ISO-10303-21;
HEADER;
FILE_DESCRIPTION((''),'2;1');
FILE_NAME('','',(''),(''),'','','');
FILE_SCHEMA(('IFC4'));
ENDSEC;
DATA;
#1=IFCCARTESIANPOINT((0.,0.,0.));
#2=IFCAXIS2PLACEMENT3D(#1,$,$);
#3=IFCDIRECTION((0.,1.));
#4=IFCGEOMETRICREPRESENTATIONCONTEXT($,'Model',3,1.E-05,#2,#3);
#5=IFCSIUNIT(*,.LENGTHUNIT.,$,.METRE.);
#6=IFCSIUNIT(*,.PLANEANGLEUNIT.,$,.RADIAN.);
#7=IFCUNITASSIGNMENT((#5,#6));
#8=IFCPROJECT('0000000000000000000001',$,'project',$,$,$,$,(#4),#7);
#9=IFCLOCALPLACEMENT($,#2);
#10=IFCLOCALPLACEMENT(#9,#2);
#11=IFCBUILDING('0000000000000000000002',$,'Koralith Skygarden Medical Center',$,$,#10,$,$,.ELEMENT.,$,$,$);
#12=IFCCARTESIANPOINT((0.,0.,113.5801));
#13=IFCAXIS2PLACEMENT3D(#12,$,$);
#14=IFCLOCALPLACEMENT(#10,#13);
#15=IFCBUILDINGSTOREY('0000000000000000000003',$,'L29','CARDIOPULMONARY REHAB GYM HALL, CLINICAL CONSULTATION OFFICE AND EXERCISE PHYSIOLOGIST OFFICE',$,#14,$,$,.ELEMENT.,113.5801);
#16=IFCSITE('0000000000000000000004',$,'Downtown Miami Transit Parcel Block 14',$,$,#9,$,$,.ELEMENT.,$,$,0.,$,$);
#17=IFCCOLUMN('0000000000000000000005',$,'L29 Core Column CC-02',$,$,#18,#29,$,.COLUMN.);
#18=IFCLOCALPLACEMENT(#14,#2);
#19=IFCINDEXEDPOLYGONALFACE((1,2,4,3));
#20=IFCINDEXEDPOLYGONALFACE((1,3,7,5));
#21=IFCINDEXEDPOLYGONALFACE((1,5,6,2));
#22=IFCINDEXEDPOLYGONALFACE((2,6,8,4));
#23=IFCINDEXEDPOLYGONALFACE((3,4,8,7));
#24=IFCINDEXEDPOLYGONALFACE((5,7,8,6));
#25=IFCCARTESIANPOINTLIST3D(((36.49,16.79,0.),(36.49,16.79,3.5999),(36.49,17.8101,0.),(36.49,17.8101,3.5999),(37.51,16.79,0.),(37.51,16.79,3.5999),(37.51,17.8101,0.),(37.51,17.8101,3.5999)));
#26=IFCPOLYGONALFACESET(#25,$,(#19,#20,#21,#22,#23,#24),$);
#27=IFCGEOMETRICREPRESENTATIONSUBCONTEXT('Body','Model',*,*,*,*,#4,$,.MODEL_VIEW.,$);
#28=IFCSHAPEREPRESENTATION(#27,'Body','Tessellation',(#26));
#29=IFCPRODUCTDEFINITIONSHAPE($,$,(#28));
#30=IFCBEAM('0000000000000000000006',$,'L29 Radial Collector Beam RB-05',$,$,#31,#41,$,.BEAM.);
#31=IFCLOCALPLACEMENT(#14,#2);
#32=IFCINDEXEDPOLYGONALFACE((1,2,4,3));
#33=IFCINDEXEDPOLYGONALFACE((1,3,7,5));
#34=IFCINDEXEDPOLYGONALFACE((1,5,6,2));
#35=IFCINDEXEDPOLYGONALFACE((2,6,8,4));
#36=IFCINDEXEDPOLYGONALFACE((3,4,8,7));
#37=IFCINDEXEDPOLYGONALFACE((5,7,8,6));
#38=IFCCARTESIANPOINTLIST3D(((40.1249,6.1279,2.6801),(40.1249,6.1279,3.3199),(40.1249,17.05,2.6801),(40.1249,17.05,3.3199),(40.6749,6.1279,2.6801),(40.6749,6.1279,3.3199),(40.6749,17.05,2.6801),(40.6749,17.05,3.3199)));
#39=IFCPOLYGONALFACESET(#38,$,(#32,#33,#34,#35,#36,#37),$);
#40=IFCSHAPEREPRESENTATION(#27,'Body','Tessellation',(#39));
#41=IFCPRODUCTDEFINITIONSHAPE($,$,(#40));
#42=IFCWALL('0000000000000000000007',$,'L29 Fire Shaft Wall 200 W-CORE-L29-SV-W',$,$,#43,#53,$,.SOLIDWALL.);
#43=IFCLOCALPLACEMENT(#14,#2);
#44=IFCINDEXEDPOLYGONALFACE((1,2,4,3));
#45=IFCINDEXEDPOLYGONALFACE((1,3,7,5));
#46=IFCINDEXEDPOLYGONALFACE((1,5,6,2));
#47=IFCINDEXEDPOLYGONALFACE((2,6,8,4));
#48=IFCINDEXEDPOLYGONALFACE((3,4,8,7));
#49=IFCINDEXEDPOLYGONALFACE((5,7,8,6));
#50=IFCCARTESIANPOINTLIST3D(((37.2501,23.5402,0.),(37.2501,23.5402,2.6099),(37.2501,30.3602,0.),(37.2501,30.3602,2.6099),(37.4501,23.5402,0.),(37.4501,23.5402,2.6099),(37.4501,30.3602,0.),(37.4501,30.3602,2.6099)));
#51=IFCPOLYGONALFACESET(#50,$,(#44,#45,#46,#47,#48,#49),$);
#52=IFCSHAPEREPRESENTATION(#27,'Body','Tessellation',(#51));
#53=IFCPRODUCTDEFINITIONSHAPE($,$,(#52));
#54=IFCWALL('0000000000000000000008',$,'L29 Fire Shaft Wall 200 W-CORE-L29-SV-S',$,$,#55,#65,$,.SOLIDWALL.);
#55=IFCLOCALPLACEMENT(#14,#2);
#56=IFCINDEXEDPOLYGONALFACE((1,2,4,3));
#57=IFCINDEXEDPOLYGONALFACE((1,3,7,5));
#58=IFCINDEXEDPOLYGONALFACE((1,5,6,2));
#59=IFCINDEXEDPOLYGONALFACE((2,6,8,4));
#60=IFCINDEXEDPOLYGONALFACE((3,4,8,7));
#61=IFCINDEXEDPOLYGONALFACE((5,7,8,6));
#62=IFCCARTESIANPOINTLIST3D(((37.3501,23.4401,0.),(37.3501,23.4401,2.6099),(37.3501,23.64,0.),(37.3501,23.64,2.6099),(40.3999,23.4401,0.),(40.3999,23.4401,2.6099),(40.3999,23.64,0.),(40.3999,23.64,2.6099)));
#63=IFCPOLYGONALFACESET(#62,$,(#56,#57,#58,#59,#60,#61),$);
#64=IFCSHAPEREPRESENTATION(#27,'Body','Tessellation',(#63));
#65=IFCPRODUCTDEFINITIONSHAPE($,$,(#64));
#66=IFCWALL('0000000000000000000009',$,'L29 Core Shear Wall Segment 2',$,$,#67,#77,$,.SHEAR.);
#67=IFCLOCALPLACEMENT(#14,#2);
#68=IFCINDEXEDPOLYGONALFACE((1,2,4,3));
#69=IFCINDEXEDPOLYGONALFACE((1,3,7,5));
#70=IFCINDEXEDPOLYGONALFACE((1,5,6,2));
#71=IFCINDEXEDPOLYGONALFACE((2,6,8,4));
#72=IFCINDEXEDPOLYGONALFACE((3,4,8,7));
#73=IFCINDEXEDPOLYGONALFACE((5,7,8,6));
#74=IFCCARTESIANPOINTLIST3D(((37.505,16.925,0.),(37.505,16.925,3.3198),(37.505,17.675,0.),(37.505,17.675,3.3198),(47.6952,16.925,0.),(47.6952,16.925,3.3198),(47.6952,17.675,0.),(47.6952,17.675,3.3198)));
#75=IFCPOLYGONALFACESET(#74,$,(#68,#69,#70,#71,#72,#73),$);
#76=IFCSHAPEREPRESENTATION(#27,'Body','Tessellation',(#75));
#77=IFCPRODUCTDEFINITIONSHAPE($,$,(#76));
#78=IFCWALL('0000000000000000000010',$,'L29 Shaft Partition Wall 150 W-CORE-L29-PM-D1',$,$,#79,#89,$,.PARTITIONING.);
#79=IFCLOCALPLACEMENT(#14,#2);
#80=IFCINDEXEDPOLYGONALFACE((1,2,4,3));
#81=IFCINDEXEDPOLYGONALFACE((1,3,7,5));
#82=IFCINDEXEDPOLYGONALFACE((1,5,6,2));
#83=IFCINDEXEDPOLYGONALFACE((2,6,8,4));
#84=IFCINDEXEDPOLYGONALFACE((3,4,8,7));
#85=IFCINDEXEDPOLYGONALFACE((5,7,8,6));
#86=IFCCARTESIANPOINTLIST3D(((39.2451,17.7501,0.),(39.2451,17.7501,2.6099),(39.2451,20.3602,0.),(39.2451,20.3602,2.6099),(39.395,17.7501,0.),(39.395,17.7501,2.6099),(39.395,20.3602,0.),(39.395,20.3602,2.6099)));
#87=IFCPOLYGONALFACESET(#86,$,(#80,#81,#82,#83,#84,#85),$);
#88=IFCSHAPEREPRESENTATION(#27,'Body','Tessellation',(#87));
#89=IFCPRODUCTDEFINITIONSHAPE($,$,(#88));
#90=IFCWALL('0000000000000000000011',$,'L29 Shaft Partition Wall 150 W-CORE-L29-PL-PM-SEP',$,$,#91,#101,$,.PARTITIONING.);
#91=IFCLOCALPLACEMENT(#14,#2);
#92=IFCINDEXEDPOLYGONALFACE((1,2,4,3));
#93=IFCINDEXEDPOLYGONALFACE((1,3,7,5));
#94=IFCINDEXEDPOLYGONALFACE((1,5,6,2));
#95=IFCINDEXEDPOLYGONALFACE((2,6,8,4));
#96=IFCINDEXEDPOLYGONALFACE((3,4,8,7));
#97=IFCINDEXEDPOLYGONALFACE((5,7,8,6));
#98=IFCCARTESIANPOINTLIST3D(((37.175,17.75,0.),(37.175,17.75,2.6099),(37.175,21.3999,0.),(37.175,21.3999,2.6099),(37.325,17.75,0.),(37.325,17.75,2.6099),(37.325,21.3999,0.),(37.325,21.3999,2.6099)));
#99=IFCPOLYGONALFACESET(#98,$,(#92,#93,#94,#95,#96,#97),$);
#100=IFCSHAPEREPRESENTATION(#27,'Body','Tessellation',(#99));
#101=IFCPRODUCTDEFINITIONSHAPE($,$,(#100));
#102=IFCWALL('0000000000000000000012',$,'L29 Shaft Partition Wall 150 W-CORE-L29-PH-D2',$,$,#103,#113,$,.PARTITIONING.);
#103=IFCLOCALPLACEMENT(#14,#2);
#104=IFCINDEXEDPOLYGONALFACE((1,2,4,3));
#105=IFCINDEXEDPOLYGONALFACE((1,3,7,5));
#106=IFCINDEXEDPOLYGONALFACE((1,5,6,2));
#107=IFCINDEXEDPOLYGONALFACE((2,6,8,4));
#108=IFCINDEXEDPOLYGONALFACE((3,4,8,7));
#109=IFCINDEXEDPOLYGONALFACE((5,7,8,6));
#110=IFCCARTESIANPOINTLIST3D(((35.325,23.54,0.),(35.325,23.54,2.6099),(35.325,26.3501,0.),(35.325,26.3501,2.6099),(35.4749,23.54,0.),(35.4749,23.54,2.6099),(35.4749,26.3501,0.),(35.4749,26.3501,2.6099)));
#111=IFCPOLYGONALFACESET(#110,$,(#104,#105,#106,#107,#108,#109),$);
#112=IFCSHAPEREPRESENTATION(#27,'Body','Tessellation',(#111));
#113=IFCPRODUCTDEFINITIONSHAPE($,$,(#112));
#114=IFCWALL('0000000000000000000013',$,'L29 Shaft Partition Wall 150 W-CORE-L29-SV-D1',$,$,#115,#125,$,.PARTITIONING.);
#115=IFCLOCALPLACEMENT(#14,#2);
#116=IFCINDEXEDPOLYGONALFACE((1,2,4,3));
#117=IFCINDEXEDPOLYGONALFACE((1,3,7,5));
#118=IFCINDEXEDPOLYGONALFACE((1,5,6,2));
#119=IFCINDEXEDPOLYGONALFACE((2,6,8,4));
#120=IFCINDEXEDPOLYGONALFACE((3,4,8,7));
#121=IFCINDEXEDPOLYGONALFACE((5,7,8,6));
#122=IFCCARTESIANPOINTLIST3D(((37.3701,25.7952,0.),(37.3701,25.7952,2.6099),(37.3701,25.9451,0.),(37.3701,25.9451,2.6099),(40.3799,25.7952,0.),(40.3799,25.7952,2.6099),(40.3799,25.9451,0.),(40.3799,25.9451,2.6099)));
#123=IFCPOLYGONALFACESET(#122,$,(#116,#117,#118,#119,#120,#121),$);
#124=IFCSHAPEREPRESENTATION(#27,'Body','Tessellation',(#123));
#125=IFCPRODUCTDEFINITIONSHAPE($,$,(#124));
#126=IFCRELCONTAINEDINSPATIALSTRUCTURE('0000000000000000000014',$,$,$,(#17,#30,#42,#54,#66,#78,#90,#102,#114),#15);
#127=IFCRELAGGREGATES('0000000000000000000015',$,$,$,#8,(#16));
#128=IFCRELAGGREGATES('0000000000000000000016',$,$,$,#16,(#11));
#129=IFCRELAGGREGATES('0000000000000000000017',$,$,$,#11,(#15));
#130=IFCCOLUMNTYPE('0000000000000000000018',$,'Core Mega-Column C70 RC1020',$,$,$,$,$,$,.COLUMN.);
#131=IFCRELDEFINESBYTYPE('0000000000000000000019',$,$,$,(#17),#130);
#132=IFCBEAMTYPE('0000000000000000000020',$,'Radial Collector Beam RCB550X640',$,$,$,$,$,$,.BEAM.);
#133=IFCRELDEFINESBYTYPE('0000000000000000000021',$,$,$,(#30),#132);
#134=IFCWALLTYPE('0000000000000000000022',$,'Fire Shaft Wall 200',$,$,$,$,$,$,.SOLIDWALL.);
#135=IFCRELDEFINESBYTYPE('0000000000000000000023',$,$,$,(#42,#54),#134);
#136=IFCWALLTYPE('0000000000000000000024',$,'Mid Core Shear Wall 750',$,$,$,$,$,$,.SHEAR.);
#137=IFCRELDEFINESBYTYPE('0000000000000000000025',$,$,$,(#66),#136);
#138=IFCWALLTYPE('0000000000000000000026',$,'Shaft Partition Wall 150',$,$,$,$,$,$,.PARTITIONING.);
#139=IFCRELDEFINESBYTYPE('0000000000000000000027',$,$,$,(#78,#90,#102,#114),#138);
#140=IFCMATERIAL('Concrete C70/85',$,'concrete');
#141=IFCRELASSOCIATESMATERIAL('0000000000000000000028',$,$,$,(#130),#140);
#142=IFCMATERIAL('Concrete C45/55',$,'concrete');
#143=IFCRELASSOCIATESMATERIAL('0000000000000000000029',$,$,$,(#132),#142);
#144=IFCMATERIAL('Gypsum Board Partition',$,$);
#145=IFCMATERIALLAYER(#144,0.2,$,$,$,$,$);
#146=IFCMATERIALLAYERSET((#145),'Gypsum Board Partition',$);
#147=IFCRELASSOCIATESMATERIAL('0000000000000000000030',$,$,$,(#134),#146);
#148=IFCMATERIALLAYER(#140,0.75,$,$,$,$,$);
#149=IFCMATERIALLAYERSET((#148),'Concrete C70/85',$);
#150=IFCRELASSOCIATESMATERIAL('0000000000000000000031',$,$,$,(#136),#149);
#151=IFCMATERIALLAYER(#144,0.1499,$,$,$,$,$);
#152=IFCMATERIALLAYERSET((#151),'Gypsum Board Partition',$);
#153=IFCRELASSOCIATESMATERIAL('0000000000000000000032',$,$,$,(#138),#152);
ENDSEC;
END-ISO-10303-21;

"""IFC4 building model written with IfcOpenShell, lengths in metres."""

from ifc_helpers import new_model, si_unit, direction, frame, frame_2d, origin, origin_2d, place, context, subcontext, project, spatial, rectangle, extrude, material, layer, layer_set, material_profile, profile_set, type_object, element, save


model = new_model("IFC4")

# Units and contexts
model_context = context("Model", 3, precision=1e-05, world=origin(), true_north=direction((0.0, 1.0)))
body_context = subcontext(model_context, "Body", "Model", "MODEL_VIEW")
ifc_project = project(units=[si_unit("LENGTHUNIT", "METRE"), si_unit("PLANEANGLEUNIT", "RADIAN")], contexts=[model_context])

# Site, building, storey
site_placement = place(None, origin())
site = spatial("IfcSite", under=ifc_project, at=site_placement, Name="Downtown Miami Transit Parcel Block 14", CompositionType="ELEMENT", RefElevation=0.0)
building_placement = place(site_placement, origin())
building = spatial("IfcBuilding", under=site, at=building_placement, Name="Koralith Skygarden Medical Center", CompositionType="ELEMENT")
storey_placement = place(building_placement, frame((0.0, 0.0, 113.5801)))
storey = spatial("IfcBuildingStorey", under=building, at=storey_placement, Name="L29", Description="CARDIOPULMONARY REHAB GYM HALL, CLINICAL CONSULTATION OFFICE AND EXERCISE PHYSIOLOGIST OFFICE", CompositionType="ELEMENT", Elevation=113.5801)

# Column
ifc_material_1 = material(Name="Concrete C70/85", Category="concrete")
ifc_material_profile_1 = material_profile(ifc_material_1, rectangle(XDim=1.02, YDim=1.02, at=origin_2d()), Name="RC1020X1020")
ifc_profile_set_1 = profile_set([ifc_material_profile_1], Name="Concrete C70/85")
column_type = type_object("IfcColumnType", Name="Core Mega-Column C70 RC1020", PredefinedType="COLUMN", material=ifc_profile_set_1)
column_placement = place(storey_placement, frame((37.0, 17.3, 0.0), z_axis=(0.0, 0.0, 1.0), x_axis=(1.0, 0.0, 0.0)))
element("IfcColumn", 1, at=column_placement, inside=storey, type_object=column_type, Name="L29 Core Column CC-02", PredefinedType="COLUMN", context=body_context, shape_type="SweptSolid", body=[
    extrude(rectangle(XDim=1.02, YDim=1.02, at=origin_2d()), origin(), (0.0, 0.0, 1.0), 3.5999),
])

# Beam
ifc_material_2 = material(Name="Concrete C45/55", Category="concrete")
ifc_material_profile_2 = material_profile(ifc_material_2, rectangle(XDim=0.55, YDim=0.6399, at=origin_2d()), Name="RCB550X640")
ifc_profile_set_2 = profile_set([ifc_material_profile_2], Name="Concrete C45/55")
beam_type = type_object("IfcBeamType", Name="Radial Collector Beam RCB550X640", PredefinedType="BEAM", material=ifc_profile_set_2)
beam_placement = place(storey_placement, frame((40.3999, 17.05, 3.0), z_axis=(0.0, -1.0, 0.0), x_axis=(1.0, 0.0, 0.0)))
element("IfcBeam", 2, at=beam_placement, inside=storey, type_object=beam_type, Name="L29 Radial Collector Beam RB-05", PredefinedType="BEAM", context=body_context, shape_type="SweptSolid", body=[
    extrude(rectangle(XDim=0.55, YDim=0.6399, at=origin_2d()), origin(), (0.0, 0.0, 1.0), 10.9221),
])

# Shared definitions
ifc_material_3 = material(Name="Gypsum Board Partition")
ifc_layer_1 = layer(ifc_material_3, 0.2)
ifc_layer_set_1 = layer_set([ifc_layer_1], Name="Gypsum Board Partition")
wall_type_1 = type_object("IfcWallType", Name="Fire Shaft Wall 200", PredefinedType="SOLIDWALL", material=ifc_layer_set_1)

# Walls
wall_1_placement = place(storey_placement, frame((37.3501, 23.54, 0.0), z_axis=(0.0, 0.0, 1.0), x_axis=(0.0, 1.0, 0.0)))
element("IfcWall", 3, at=wall_1_placement, inside=storey, type_object=wall_type_1, Name="L29 Fire Shaft Wall 200 W-CORE-L29-SV-W", PredefinedType="SOLIDWALL", context=body_context, shape_type="SweptSolid", body=[
    extrude(rectangle(XDim=6.8201, YDim=0.2, at=frame_2d((3.4102, 0.0))), origin(), (0.0, 0.0, 1.0), 2.6099),
])
wall_2_placement = place(storey_placement, frame((37.3501, 23.54, 0.0), z_axis=(0.0, 0.0, 1.0), x_axis=(1.0, 0.0, 0.0)))
element("IfcWall", 4, at=wall_2_placement, inside=storey, type_object=wall_type_1, Name="L29 Fire Shaft Wall 200 W-CORE-L29-SV-S", PredefinedType="SOLIDWALL", context=body_context, shape_type="SweptSolid", body=[
    extrude(rectangle(XDim=3.0498, YDim=0.2, at=frame_2d((1.5249, 0.0))), origin(), (0.0, 0.0, 1.0), 2.6099),
])
ifc_layer_2 = layer(ifc_material_1, 0.75)
ifc_layer_set_2 = layer_set([ifc_layer_2], Name="Concrete C70/85")
wall_type_2 = type_object("IfcWallType", Name="Mid Core Shear Wall 750", PredefinedType="SHEAR", material=ifc_layer_set_2)
wall_3_placement = place(storey_placement, frame((37.5049, 17.3, 0.0), z_axis=(0.0, 0.0, 1.0), x_axis=(1.0, 0.0, 0.0)))
element("IfcWall", 5, at=wall_3_placement, inside=storey, type_object=wall_type_2, Name="L29 Core Shear Wall Segment 2", PredefinedType="SHEAR", context=body_context, shape_type="SweptSolid", body=[
    extrude(rectangle(XDim=10.1902, YDim=0.75, at=frame_2d((5.0952, 0.0))), origin(), (0.0, 0.0, 1.0), 3.3198),
])
ifc_layer_3 = layer(ifc_material_3, 0.1499)
ifc_layer_set_3 = layer_set([ifc_layer_3], Name="Gypsum Board Partition")
wall_type_3 = type_object("IfcWallType", Name="Shaft Partition Wall 150", PredefinedType="PARTITIONING", material=ifc_layer_set_3)
wall_4_placement = place(storey_placement, frame((39.3201, 17.75, 0.0), z_axis=(0.0, 0.0, 1.0), x_axis=(0.0, 1.0, 0.0)))
element("IfcWall", 6, at=wall_4_placement, inside=storey, type_object=wall_type_3, Name="L29 Shaft Partition Wall 150 W-CORE-L29-PM-D1", PredefinedType="PARTITIONING", context=body_context, shape_type="SweptSolid", body=[
    extrude(rectangle(XDim=2.6101, YDim=0.1499, at=frame_2d((1.3052, 0.0))), origin(), (0.0, 0.0, 1.0), 2.6099),
])
wall_5_placement = place(storey_placement, frame((37.25, 17.75, 0.0), z_axis=(0.0, 0.0, 1.0), x_axis=(0.0, 1.0, 0.0)))
element("IfcWall", 7, at=wall_5_placement, inside=storey, type_object=wall_type_3, Name="L29 Shaft Partition Wall 150 W-CORE-L29-PL-PM-SEP", PredefinedType="PARTITIONING", context=body_context, shape_type="SweptSolid", body=[
    extrude(rectangle(XDim=3.6499, YDim=0.1499, at=frame_2d((1.825, 0.0))), origin(), (0.0, 0.0, 1.0), 2.6099),
])
wall_6_placement = place(storey_placement, frame((35.3999, 23.54, 0.0), z_axis=(0.0, 0.0, 1.0), x_axis=(0.0, 1.0, 0.0)))
element("IfcWall", 8, at=wall_6_placement, inside=storey, type_object=wall_type_3, Name="L29 Shaft Partition Wall 150 W-CORE-L29-PH-D2", PredefinedType="PARTITIONING", context=body_context, shape_type="SweptSolid", body=[
    extrude(rectangle(XDim=2.8101, YDim=0.1499, at=frame_2d((1.405, 0.0))), origin(), (0.0, 0.0, 1.0), 2.6099),
])
wall_7_placement = place(storey_placement, frame((37.3701, 25.8701, 0.0), z_axis=(0.0, 0.0, 1.0), x_axis=(1.0, 0.0, 0.0)))
element("IfcWall", 9, at=wall_7_placement, inside=storey, type_object=wall_type_3, Name="L29 Shaft Partition Wall 150 W-CORE-L29-SV-D1", PredefinedType="PARTITIONING", context=body_context, shape_type="SweptSolid", body=[
    extrude(rectangle(XDim=3.0098, YDim=0.1499, at=frame_2d((1.5049, 0.0))), origin(), (0.0, 0.0, 1.0), 2.6099),
])

save(model, "model.ifc")
